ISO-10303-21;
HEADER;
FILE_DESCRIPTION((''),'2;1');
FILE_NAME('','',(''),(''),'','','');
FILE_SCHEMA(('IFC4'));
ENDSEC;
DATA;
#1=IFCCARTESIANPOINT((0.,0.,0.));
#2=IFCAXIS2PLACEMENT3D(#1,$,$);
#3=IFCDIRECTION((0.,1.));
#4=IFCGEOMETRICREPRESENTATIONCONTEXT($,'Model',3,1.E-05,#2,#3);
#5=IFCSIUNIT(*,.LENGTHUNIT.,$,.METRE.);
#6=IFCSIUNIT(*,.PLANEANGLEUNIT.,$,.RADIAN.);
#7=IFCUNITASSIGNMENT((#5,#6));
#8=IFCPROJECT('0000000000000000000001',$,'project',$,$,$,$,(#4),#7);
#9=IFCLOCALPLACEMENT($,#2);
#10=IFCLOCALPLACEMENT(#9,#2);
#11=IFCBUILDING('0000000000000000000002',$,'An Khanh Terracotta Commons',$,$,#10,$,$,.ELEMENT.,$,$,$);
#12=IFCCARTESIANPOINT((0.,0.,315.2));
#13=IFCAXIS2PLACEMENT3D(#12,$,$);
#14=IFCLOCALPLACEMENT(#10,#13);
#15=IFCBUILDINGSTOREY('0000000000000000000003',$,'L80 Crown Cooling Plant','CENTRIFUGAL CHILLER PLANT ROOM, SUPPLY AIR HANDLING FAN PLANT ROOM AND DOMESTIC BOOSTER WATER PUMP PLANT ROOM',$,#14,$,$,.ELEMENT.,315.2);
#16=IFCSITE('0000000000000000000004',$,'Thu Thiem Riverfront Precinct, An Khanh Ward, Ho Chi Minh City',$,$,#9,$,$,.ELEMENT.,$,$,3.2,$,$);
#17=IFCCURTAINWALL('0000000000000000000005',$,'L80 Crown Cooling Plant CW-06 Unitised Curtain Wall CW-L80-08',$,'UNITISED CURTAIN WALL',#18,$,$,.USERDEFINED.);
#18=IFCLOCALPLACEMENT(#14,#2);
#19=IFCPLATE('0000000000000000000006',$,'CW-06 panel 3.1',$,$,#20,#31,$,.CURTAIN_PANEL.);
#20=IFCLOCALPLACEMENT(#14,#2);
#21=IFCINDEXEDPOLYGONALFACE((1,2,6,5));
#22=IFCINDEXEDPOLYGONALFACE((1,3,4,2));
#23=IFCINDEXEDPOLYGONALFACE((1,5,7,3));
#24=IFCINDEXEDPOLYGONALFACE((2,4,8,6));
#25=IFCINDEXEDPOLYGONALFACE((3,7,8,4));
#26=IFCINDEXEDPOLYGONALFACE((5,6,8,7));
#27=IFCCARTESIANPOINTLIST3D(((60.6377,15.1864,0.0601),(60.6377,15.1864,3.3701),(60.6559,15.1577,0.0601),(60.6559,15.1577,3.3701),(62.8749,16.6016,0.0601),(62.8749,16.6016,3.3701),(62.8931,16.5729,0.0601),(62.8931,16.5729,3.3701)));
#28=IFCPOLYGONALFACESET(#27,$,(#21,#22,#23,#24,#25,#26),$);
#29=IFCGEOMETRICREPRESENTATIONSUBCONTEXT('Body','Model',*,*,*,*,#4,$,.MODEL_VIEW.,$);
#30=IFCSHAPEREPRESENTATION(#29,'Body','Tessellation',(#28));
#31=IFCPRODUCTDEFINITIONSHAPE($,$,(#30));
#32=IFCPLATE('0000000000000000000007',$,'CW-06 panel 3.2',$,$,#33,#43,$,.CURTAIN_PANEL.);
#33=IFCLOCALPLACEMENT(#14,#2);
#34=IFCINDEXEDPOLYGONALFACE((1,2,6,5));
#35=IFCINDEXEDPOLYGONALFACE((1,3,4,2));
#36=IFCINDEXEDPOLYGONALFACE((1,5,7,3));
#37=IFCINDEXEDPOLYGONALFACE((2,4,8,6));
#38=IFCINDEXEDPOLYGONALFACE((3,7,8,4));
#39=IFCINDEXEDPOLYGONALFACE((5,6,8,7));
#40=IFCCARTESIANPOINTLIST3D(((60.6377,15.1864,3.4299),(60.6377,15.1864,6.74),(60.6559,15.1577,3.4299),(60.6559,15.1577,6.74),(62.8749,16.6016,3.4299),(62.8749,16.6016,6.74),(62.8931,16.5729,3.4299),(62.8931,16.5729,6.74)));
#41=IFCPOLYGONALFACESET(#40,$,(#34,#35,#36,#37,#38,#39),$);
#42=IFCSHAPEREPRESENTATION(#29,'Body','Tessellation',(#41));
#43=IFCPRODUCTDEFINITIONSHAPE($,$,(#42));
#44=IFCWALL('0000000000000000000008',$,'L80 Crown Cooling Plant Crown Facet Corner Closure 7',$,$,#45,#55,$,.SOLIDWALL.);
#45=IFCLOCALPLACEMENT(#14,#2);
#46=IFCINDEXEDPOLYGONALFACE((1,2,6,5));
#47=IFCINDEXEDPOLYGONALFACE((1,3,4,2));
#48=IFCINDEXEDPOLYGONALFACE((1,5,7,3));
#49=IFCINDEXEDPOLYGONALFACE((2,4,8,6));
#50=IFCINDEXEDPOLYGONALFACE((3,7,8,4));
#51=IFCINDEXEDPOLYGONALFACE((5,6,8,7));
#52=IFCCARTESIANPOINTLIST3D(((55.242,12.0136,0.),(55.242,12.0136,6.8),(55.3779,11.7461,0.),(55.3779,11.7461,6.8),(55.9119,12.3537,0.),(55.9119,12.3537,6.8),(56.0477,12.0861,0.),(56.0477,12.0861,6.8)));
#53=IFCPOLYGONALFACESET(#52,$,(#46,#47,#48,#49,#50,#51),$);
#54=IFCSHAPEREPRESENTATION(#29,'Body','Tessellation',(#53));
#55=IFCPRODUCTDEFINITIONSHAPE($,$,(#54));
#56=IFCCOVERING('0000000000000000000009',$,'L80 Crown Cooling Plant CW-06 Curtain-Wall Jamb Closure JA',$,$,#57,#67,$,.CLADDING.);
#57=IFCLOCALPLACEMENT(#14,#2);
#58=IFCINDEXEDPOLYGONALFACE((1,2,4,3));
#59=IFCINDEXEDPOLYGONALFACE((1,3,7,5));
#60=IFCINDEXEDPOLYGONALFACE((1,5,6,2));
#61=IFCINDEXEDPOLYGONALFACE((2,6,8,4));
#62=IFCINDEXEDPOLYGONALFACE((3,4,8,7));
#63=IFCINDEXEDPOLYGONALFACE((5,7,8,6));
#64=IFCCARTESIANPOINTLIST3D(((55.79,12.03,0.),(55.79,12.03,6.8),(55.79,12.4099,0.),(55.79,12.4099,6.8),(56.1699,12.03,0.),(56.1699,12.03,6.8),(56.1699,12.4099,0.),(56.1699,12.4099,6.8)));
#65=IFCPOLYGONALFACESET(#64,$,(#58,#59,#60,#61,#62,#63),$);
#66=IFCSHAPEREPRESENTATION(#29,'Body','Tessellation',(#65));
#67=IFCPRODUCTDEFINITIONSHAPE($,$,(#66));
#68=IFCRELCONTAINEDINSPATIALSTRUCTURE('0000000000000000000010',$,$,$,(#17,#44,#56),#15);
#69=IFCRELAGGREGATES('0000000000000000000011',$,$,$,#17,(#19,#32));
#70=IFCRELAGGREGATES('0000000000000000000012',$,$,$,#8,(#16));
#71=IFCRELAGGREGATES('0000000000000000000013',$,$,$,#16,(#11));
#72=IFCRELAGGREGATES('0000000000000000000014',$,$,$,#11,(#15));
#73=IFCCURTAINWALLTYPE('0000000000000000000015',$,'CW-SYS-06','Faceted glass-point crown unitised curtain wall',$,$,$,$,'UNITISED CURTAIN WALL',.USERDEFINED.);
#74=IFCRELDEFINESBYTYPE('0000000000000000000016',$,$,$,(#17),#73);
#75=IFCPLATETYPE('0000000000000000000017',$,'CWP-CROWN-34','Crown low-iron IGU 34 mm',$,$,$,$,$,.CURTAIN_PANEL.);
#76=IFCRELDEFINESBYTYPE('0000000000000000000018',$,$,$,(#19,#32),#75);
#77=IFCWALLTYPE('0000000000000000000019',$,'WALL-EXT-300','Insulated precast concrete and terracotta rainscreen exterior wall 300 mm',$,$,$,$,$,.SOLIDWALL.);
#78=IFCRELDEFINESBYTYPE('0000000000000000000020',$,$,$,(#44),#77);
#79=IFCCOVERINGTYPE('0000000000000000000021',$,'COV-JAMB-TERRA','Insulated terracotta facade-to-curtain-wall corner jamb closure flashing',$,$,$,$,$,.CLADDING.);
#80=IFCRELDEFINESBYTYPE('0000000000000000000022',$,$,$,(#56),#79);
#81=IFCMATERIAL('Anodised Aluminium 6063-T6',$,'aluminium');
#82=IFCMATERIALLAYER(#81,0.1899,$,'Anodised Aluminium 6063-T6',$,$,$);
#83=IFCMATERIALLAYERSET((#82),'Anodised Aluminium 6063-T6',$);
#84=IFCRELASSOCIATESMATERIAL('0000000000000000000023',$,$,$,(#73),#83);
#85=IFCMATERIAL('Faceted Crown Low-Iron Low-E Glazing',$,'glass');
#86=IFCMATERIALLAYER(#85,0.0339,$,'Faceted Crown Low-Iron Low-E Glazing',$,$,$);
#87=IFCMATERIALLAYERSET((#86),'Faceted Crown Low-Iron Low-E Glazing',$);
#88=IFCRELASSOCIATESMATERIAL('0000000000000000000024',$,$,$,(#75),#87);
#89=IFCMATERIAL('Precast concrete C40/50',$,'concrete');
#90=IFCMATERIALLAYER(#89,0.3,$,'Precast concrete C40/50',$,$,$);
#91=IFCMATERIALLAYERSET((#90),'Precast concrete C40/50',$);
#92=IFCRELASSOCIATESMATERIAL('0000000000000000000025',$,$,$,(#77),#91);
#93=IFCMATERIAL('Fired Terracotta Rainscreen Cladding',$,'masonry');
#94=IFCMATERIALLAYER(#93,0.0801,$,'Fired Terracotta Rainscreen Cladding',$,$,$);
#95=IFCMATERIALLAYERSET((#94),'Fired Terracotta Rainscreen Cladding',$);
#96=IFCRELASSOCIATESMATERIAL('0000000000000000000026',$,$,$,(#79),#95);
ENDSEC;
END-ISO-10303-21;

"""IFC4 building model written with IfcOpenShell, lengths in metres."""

from ifc_helpers import new_model, si_unit, direction, frame, frame_2d, origin, origin_2d, place, context, subcontext, project, spatial, rectangle, extrude, material, layer, layer_set, type_object, element, aggregate, save


model = new_model("IFC4")

# Units and contexts
model_context = context("Model", 3, precision=1e-05, world=origin(), true_north=direction((0.0, 1.0)))
body_context = subcontext(model_context, "Body", "Model", "MODEL_VIEW")
ifc_project = project(units=[si_unit("LENGTHUNIT", "METRE"), si_unit("PLANEANGLEUNIT", "RADIAN")], contexts=[model_context])

# Site, building, storey
site_placement = place(None, origin())
site = spatial("IfcSite", under=ifc_project, at=site_placement, Name="Thu Thiem Riverfront Precinct, An Khanh Ward, Ho Chi Minh City", CompositionType="ELEMENT", RefElevation=3.2)
building_placement = place(site_placement, origin())
building = spatial("IfcBuilding", under=site, at=building_placement, Name="An Khanh Terracotta Commons", CompositionType="ELEMENT")
storey_placement = place(building_placement, frame((0.0, 0.0, 315.2)))
storey = spatial("IfcBuildingStorey", under=building, at=storey_placement, Name="L80 Crown Cooling Plant", Description="CENTRIFUGAL CHILLER PLANT ROOM, SUPPLY AIR HANDLING FAN PLANT ROOM AND DOMESTIC BOOSTER WATER PUMP PLANT ROOM", CompositionType="ELEMENT", Elevation=315.2)

# Curtain wall, plates
ifc_material_1 = material(Name="Anodised Aluminium 6063-T6", Category="aluminium")
ifc_layer_1 = layer(ifc_material_1, 0.1899, Name="Anodised Aluminium 6063-T6")
ifc_layer_set_1 = layer_set([ifc_layer_1], Name="Anodised Aluminium 6063-T6")
curtain_wall_type = type_object("IfcCurtainWallType", Name="CW-SYS-06", Description="Faceted glass-point crown unitised curtain wall", ElementType="UNITISED CURTAIN WALL", PredefinedType="USERDEFINED", material=ifc_layer_set_1)
curtain_wall_placement = place(storey_placement, origin())
curtain_wall = element("IfcCurtainWall", 1, at=curtain_wall_placement, inside=storey, type_object=curtain_wall_type, Name="L80 Crown Cooling Plant CW-06 Unitised Curtain Wall CW-L80-08", ObjectType="UNITISED CURTAIN WALL", PredefinedType="USERDEFINED")
ifc_material_2 = material(Name="Faceted Crown Low-Iron Low-E Glazing", Category="glass")
ifc_layer_2 = layer(ifc_material_2, 0.0339, Name="Faceted Crown Low-Iron Low-E Glazing")
ifc_layer_set_2 = layer_set([ifc_layer_2], Name="Faceted Crown Low-Iron Low-E Glazing")
plate_type = type_object("IfcPlateType", Name="CWP-CROWN-34", Description="Crown low-iron IGU 34 mm", PredefinedType="CURTAIN_PANEL", material=ifc_layer_set_2)
plate_1_placement = place(storey_placement, frame((61.7654, 15.8796, 0.0601), z_axis=(0.0, 0.0, 1.0), x_axis=(0.845114, 0.534587, 0.0)))
plate_1 = element("IfcPlate", 2, at=plate_1_placement, type_object=plate_type, Name="CW-06 panel 3.1", PredefinedType="CURTAIN_PANEL", context=body_context, shape_type="SweptSolid", body=[
    extrude(rectangle(XDim=2.6472, YDim=0.0339, at=origin_2d()), origin(), (0.0, 0.0, 1.0), 3.3101),
])
plate_2_placement = place(storey_placement, frame((61.7654, 15.8796, 3.4299), z_axis=(0.0, 0.0, 1.0), x_axis=(0.845114, 0.534587, 0.0)))
plate_2 = element("IfcPlate", 3, at=plate_2_placement, type_object=plate_type, Name="CW-06 panel 3.2", PredefinedType="CURTAIN_PANEL", context=body_context, shape_type="SweptSolid", body=[
    extrude(rectangle(XDim=2.6472, YDim=0.0339, at=origin_2d()), origin(), (0.0, 0.0, 1.0), 3.3101),
])
aggregate(curtain_wall, [plate_1, plate_2])

# Wall
ifc_material_3 = material(Name="Precast concrete C40/50", Category="concrete")
ifc_layer_3 = layer(ifc_material_3, 0.3, Name="Precast concrete C40/50")
ifc_layer_set_3 = layer_set([ifc_layer_3], Name="Precast concrete C40/50")
wall_type = type_object("IfcWallType", Name="WALL-EXT-300", Description="Insulated precast concrete and terracotta rainscreen exterior wall 300 mm", PredefinedType="SOLIDWALL", material=ifc_layer_set_3)
wall_placement = place(storey_placement, frame((55.3101, 11.8799, 0.0), z_axis=(0.0, 0.0, 1.0), x_axis=(0.891681, 0.452665, 0.0)))
element("IfcWall", 4, at=wall_placement, inside=storey, type_object=wall_type, Name="L80 Crown Cooling Plant Crown Facet Corner Closure 7", PredefinedType="SOLIDWALL", context=body_context, shape_type="SweptSolid", body=[
    extrude(rectangle(XDim=0.7512, YDim=0.3, at=frame_2d((0.3755, 0.0))), origin(), (0.0, 0.0, 1.0), 6.8),
])

# Covering
ifc_material_4 = material(Name="Fired Terracotta Rainscreen Cladding", Category="masonry")
ifc_layer_4 = layer(ifc_material_4, 0.0801, Name="Fired Terracotta Rainscreen Cladding")
ifc_layer_set_4 = layer_set([ifc_layer_4], Name="Fired Terracotta Rainscreen Cladding")
covering_type = type_object("IfcCoveringType", Name="COV-JAMB-TERRA", Description="Insulated terracotta facade-to-curtain-wall corner jamb closure flashing", PredefinedType="CLADDING", material=ifc_layer_set_4)
covering_placement = place(storey_placement, frame((55.98, 12.22, 0.0), z_axis=(0.0, 0.0, 1.0), x_axis=(1.0, 0.0, 0.0)))
element("IfcCovering", 5, at=covering_placement, inside=storey, type_object=covering_type, Name="L80 Crown Cooling Plant CW-06 Curtain-Wall Jamb Closure JA", PredefinedType="CLADDING", context=body_context, shape_type="SweptSolid", body=[
    extrude(rectangle(XDim=0.3799, YDim=0.3799, at=origin_2d()), origin(), (0.0, 0.0, 1.0), 6.8),
])

save(model, "model.ifc")
